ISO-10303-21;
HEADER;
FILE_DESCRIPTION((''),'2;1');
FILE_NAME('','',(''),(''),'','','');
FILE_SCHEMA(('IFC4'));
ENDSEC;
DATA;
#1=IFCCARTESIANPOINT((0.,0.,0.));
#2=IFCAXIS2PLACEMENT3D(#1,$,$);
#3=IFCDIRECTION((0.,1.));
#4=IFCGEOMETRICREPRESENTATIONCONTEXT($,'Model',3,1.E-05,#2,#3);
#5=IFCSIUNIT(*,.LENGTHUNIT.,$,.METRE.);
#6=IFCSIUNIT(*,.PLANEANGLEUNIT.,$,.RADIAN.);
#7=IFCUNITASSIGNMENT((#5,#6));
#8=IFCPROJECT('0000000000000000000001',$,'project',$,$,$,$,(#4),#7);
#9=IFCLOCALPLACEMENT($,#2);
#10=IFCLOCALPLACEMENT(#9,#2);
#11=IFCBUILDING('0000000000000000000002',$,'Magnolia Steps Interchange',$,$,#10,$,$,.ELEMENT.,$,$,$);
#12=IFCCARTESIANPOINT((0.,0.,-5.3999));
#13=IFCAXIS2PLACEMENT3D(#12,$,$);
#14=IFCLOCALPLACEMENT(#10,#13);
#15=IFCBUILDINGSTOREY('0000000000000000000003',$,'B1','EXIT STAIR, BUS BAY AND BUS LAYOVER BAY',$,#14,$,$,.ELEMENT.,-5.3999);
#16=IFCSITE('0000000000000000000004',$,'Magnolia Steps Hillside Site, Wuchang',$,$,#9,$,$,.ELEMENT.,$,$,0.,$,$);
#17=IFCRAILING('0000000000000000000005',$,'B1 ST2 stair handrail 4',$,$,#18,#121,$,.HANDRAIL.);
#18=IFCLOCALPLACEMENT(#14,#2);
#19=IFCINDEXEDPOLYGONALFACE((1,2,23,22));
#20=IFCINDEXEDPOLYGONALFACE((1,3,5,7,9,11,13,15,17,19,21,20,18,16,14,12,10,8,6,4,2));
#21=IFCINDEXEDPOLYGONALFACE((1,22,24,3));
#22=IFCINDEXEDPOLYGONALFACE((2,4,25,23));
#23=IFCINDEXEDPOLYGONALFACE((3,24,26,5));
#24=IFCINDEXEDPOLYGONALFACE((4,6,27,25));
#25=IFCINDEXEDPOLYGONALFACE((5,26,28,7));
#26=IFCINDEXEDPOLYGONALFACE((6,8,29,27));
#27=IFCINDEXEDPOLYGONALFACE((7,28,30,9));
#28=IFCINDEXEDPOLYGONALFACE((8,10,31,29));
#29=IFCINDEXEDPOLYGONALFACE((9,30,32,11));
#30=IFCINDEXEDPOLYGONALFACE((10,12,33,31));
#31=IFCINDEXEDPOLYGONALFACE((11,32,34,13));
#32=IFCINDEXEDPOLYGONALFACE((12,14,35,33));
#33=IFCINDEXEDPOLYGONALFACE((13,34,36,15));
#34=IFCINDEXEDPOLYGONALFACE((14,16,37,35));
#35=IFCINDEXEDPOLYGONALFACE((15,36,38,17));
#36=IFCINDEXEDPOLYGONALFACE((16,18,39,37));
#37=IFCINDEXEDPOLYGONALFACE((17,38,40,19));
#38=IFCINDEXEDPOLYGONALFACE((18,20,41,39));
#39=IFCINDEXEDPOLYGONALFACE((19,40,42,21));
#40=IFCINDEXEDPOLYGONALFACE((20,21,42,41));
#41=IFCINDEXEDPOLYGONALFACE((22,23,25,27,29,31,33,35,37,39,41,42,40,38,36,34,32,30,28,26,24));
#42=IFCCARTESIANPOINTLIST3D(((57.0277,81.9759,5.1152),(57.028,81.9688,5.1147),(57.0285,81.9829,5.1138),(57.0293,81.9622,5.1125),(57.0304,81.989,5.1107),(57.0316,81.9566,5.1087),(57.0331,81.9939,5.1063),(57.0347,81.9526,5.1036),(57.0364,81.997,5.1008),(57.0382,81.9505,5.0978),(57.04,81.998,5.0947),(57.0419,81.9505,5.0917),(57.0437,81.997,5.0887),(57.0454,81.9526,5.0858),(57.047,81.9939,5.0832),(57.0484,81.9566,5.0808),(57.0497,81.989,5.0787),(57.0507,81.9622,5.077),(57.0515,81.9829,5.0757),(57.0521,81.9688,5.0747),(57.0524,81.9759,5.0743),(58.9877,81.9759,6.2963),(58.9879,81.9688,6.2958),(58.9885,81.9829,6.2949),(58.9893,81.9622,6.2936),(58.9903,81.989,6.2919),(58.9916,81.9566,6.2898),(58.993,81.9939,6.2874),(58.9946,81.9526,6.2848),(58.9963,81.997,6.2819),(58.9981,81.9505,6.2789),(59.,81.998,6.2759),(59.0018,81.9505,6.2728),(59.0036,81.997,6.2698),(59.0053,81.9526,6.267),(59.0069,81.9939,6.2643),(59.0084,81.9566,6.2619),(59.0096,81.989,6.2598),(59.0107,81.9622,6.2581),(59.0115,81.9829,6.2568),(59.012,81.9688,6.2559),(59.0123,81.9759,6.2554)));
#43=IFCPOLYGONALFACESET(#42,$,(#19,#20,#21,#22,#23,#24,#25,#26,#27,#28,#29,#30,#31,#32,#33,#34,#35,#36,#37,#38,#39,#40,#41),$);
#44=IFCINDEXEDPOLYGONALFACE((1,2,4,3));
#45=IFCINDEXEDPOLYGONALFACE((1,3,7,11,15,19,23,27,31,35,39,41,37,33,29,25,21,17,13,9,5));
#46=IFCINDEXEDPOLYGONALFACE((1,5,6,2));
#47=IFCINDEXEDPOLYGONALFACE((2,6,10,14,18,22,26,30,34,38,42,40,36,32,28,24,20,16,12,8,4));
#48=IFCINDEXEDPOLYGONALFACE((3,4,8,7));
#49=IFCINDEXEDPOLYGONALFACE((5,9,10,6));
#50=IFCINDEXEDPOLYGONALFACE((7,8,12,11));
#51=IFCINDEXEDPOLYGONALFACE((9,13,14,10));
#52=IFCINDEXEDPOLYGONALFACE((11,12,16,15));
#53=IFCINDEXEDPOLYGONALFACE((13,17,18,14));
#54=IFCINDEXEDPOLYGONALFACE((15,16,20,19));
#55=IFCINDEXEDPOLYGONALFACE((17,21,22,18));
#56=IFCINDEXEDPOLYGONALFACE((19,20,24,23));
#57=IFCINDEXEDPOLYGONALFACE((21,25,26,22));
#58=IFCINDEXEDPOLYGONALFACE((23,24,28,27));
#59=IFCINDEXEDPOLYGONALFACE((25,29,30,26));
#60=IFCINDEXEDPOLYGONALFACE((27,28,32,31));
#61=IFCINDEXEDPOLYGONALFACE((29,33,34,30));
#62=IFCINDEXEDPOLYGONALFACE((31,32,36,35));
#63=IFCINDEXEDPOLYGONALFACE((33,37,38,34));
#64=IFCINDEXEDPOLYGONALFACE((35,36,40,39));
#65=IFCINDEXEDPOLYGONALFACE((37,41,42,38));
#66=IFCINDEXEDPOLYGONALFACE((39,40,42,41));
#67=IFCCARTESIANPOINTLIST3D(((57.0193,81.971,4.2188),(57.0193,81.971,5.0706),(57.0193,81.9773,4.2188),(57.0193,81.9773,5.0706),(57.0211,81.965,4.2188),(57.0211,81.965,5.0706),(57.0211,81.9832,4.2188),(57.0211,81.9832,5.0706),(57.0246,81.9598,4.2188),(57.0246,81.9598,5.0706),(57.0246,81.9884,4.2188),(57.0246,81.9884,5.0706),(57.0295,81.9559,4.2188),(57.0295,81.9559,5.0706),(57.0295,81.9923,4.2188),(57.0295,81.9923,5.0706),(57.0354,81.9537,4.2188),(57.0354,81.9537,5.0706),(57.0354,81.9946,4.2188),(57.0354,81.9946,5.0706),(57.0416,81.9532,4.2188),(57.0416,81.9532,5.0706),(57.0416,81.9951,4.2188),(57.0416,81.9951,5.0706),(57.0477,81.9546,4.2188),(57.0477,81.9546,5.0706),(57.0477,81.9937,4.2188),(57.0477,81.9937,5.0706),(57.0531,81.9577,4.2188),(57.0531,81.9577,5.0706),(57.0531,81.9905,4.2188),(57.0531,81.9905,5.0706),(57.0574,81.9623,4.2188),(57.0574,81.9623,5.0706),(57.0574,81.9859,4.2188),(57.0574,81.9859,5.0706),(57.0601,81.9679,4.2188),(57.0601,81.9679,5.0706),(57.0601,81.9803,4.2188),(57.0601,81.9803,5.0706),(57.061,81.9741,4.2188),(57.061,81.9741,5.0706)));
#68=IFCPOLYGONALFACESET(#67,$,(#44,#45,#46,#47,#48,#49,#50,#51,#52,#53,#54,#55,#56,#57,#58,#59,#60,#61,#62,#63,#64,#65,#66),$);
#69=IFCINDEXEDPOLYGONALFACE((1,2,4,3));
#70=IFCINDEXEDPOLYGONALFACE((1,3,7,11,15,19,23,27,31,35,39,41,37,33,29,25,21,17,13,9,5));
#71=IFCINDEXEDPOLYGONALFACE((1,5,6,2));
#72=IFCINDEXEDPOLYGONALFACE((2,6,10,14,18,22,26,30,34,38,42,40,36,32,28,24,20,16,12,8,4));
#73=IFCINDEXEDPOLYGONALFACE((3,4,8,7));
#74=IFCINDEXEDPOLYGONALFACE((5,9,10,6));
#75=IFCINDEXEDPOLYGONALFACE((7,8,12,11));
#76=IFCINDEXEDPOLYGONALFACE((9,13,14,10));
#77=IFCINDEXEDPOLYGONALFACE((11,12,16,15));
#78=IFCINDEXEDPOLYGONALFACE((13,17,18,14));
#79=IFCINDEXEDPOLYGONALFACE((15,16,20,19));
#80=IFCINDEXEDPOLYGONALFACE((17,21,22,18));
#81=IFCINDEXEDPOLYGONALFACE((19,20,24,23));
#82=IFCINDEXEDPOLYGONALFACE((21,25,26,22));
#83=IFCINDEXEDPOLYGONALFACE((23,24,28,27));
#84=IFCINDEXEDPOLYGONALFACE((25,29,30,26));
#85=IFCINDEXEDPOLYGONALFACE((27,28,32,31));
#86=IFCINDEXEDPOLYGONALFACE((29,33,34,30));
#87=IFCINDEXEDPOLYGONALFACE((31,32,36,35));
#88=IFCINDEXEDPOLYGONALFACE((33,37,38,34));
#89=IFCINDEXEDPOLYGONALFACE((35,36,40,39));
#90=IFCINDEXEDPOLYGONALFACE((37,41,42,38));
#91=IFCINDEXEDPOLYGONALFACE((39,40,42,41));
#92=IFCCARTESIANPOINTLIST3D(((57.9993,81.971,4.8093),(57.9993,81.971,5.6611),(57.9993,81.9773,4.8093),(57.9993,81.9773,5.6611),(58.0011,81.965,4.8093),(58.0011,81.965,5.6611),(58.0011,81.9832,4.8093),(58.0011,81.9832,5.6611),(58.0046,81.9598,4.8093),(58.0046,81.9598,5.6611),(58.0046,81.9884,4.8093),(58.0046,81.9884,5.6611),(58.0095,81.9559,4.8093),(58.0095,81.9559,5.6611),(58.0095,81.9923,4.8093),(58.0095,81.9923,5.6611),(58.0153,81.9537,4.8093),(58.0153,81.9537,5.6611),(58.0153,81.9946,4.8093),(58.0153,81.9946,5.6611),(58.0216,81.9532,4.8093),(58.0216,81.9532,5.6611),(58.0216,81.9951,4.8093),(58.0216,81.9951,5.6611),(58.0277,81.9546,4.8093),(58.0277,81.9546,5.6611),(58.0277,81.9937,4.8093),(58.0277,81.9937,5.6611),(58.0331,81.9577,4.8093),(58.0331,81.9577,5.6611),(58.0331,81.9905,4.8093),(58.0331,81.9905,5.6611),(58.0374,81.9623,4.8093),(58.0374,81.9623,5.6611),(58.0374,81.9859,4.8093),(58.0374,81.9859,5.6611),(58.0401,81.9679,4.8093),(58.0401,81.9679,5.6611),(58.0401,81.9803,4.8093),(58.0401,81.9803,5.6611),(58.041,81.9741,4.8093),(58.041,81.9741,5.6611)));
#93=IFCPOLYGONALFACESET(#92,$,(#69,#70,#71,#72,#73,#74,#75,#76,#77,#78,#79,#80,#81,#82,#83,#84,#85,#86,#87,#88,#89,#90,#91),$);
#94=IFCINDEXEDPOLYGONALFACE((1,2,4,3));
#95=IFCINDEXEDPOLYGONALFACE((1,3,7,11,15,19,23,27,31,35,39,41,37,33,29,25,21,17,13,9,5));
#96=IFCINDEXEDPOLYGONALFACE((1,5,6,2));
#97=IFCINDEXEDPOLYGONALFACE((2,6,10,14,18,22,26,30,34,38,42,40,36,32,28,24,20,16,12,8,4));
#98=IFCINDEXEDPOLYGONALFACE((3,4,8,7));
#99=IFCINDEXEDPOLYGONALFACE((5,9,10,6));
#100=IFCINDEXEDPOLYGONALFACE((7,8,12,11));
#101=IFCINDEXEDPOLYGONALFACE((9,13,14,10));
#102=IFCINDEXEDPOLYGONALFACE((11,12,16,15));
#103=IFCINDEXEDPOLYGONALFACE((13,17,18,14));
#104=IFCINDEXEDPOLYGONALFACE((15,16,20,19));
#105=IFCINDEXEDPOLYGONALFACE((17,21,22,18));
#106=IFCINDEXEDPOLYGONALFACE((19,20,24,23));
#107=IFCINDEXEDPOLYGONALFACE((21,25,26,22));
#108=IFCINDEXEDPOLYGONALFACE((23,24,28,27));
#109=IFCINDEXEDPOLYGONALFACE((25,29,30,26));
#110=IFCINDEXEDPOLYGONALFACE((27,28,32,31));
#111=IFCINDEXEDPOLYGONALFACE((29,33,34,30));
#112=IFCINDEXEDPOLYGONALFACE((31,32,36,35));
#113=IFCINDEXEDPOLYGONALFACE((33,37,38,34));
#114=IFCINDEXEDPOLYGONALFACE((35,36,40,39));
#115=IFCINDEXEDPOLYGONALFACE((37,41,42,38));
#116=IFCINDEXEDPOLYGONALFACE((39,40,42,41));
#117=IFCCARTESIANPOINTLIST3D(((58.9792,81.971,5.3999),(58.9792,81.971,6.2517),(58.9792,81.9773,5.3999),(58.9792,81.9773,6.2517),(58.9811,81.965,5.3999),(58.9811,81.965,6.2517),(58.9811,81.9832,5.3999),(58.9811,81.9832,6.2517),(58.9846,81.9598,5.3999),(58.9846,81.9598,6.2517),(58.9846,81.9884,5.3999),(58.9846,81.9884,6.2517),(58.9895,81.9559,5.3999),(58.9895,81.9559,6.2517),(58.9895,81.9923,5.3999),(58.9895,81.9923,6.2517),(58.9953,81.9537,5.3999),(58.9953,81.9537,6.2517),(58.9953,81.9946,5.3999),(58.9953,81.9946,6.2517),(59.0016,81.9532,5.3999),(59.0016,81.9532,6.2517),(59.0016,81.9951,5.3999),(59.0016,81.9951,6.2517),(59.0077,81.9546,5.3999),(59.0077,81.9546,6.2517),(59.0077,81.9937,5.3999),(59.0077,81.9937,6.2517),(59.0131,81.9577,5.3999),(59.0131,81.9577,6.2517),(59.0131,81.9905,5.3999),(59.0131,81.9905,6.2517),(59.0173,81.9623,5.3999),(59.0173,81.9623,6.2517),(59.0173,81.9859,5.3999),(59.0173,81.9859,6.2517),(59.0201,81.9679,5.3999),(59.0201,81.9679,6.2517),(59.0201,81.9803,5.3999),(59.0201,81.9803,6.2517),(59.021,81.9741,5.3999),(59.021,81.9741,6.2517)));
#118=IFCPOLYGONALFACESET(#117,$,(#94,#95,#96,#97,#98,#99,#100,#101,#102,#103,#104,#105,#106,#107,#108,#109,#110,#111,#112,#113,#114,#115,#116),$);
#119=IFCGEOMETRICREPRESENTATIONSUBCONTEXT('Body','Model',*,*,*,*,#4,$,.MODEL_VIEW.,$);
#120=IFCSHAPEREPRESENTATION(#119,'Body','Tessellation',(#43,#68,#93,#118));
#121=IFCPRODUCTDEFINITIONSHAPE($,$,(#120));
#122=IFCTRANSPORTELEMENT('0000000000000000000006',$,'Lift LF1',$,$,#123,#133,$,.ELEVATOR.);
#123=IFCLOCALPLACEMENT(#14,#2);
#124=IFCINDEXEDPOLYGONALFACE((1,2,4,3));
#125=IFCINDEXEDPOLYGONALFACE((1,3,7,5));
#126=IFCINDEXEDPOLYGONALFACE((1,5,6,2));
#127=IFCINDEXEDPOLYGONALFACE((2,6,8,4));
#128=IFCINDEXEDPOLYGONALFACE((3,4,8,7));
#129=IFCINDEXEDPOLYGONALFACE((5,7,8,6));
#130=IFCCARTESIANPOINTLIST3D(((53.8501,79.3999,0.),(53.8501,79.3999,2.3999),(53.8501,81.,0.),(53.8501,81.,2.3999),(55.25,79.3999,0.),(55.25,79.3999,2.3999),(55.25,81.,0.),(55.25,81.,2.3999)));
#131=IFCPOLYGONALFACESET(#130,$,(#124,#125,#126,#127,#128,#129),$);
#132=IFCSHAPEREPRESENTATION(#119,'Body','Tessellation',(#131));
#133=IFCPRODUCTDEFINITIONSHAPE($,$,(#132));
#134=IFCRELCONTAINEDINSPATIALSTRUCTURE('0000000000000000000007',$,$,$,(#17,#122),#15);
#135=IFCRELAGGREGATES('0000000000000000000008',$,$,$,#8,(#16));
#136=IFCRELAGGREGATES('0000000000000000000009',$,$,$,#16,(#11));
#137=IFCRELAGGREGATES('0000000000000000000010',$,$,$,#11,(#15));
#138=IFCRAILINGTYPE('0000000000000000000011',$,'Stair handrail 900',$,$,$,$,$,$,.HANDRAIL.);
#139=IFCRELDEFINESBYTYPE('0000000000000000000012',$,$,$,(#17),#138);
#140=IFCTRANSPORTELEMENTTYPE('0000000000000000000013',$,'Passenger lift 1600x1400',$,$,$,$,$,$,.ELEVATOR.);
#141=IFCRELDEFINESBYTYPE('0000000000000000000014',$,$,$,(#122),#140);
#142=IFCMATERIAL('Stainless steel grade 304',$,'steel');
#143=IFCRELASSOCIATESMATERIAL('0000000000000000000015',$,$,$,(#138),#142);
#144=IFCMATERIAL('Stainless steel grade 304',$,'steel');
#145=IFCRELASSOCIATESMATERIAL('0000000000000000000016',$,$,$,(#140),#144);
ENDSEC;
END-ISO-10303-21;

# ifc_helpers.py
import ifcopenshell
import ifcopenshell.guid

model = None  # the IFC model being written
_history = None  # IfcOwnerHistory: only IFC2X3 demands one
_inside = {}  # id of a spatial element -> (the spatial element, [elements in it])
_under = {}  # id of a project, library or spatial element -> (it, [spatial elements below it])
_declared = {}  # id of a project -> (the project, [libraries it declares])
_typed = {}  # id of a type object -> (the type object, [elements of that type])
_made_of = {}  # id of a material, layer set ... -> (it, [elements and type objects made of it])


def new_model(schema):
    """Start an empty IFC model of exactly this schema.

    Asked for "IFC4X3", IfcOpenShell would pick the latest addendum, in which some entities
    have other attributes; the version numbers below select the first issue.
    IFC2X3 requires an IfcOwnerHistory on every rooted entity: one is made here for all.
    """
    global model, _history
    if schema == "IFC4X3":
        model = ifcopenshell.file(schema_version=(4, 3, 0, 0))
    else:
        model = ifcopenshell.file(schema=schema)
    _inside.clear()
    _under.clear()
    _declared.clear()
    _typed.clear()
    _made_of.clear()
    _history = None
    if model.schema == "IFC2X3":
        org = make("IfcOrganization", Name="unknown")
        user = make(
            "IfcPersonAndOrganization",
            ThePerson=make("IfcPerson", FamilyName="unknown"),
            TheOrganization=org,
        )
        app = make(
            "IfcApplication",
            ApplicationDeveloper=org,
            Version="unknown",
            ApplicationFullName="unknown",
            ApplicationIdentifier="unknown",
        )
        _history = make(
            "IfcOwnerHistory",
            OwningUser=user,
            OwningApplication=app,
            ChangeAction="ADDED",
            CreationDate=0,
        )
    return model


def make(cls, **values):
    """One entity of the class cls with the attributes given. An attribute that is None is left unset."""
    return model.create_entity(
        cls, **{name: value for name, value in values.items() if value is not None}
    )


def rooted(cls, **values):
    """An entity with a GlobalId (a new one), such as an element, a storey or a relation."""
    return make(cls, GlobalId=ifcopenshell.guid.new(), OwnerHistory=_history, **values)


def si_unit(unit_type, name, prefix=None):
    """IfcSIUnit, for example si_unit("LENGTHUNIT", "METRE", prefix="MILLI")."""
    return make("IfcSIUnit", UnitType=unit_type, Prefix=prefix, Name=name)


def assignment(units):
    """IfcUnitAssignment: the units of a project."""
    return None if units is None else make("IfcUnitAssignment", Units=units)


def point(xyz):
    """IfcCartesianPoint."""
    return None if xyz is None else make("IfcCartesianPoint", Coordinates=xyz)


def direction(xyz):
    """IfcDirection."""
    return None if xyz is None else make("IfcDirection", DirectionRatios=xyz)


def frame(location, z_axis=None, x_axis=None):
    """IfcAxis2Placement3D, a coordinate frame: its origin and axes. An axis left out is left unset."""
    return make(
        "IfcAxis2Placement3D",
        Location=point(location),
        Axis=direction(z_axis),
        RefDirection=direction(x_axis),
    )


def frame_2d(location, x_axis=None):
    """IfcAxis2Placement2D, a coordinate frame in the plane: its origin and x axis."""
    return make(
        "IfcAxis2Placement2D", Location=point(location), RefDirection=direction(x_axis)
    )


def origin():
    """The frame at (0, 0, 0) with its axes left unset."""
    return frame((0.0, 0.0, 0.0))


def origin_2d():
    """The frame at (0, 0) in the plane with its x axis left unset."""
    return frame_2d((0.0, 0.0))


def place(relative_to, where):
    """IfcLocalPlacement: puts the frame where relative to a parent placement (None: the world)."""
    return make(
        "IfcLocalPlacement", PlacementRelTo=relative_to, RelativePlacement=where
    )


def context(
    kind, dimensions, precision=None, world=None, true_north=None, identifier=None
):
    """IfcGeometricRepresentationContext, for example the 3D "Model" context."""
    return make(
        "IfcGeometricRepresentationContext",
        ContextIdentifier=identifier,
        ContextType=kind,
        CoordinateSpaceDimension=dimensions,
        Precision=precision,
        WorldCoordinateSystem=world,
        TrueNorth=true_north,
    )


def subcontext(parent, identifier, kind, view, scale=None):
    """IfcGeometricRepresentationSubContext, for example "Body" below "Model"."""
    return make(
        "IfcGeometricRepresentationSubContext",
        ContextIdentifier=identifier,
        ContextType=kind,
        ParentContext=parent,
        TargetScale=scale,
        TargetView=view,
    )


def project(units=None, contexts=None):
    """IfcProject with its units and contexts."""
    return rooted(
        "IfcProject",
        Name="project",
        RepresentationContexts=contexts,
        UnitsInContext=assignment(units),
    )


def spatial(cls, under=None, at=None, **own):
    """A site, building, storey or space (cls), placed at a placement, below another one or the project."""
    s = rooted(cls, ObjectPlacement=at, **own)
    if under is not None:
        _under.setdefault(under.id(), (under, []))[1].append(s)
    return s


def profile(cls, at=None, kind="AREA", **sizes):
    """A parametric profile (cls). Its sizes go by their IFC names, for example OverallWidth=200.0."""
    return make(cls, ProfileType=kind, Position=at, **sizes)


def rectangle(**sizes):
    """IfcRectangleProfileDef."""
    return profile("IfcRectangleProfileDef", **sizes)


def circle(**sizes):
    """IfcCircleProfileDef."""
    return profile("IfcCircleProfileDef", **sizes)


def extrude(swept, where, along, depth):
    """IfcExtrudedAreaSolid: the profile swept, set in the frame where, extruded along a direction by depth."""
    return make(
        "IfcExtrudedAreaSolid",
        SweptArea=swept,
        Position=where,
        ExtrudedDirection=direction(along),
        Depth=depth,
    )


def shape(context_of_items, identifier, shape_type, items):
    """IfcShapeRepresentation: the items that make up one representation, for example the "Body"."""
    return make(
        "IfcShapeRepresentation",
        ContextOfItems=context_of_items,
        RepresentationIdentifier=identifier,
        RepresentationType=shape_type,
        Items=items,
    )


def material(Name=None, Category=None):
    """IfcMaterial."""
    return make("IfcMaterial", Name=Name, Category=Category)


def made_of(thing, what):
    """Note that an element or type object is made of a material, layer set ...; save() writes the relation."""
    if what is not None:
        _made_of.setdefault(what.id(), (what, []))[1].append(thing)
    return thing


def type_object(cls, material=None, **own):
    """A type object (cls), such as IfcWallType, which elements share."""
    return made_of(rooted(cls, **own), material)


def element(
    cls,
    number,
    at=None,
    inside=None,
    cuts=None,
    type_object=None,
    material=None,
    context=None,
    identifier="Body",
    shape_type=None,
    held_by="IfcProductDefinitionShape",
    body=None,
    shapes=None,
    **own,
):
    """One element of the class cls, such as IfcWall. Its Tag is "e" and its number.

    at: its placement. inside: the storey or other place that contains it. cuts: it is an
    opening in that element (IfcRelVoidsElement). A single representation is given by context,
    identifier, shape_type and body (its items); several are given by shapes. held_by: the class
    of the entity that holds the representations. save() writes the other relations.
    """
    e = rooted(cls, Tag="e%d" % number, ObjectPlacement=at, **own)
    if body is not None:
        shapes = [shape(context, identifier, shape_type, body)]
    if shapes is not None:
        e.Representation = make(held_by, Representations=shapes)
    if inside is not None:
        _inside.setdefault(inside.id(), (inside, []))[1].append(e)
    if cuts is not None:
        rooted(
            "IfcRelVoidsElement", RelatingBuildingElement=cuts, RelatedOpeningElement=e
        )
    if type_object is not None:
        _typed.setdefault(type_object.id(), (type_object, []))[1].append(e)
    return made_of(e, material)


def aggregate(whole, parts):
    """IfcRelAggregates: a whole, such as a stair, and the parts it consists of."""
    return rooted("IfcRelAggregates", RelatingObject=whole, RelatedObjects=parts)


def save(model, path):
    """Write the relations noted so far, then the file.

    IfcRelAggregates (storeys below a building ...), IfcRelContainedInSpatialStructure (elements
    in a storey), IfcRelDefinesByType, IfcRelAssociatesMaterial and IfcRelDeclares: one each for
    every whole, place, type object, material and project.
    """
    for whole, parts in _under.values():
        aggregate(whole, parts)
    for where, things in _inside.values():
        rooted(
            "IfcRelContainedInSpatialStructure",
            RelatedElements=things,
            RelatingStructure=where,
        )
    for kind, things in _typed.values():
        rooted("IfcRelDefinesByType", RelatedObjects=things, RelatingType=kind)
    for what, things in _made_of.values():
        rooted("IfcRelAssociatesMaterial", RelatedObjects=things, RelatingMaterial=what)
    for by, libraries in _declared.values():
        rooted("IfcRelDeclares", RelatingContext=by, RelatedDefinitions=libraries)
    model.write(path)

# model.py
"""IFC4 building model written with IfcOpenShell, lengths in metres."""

from ifc_helpers import new_model, si_unit, direction, frame, origin, origin_2d, place, context, subcontext, project, spatial, rectangle, circle, extrude, material, type_object, element, save


model = new_model("IFC4")

# Units and contexts
model_context = context("Model", 3, precision=1e-05, world=origin(), true_north=direction((0.0, 1.0)))
body_context = subcontext(model_context, "Body", "Model", "MODEL_VIEW")
ifc_project = project(units=[si_unit("LENGTHUNIT", "METRE"), si_unit("PLANEANGLEUNIT", "RADIAN")], contexts=[model_context])

# Site, building, storey
site_placement = place(None, origin())
site = spatial("IfcSite", under=ifc_project, at=site_placement, Name="Magnolia Steps Hillside Site, Wuchang", CompositionType="ELEMENT", RefElevation=0.0)
building_placement = place(site_placement, origin())
building = spatial("IfcBuilding", under=site, at=building_placement, Name="Magnolia Steps Interchange", CompositionType="ELEMENT")
storey_placement = place(building_placement, frame((0.0, 0.0, -5.3999)))
storey = spatial("IfcBuildingStorey", under=building, at=storey_placement, Name="B1", Description="EXIT STAIR, BUS BAY AND BUS LAYOVER BAY", CompositionType="ELEMENT", Elevation=-5.3999)

# Railing
ifc_material_1 = material(Name="Stainless steel grade 304", Category="steel")
railing_type_1 = type_object("IfcRailingType", Name="Stair handrail 900", PredefinedType="HANDRAIL", material=ifc_material_1)
railing_1_placement = place(storey_placement, frame((57.04, 81.9741, 4.2188)))
element("IfcRailing", 1, at=railing_1_placement, inside=storey, type_object=railing_type_1, Name="B1 ST2 stair handrail 4", PredefinedType="HANDRAIL", context=body_context, shape_type="SweptSolid", body=[
    extrude(circle(Radius=0.0239, at=origin_2d()), frame((0.0, 0.0, 0.876), z_axis=(0.856493, 0.0, 0.516158), x_axis=(0.0, 1.0, 0.0)), (0.0, 0.0, 1.0), 2.2883),
    extrude(circle(Radius=0.021, at=origin_2d()), origin(), (0.0, 0.0, 1.0), 0.8518),
    extrude(circle(Radius=0.021, at=origin_2d()), frame((0.98, 0.0, 0.5906)), (0.0, 0.0, 1.0), 0.8518),
    extrude(circle(Radius=0.021, at=origin_2d()), frame((1.96, 0.0, 1.1812)), (0.0, 0.0, 1.0), 0.8518),
])

# Transport element
ifc_material_2 = material(Name="Stainless steel grade 304", Category="steel")
transport_element_type = type_object("IfcTransportElementType", Name="Passenger lift 1600x1400", PredefinedType="ELEVATOR", material=ifc_material_2)
transport_element_placement = place(storey_placement, frame((54.55, 80.2, 0.0), z_axis=(0.0, 0.0, 1.0), x_axis=(0.0, 1.0, 0.0)))
element("IfcTransportElement", 2, at=transport_element_placement, inside=storey, type_object=transport_element_type, Name="Lift LF1", PredefinedType="ELEVATOR", context=body_context, shape_type="SweptSolid", body=[
    extrude(rectangle(XDim=1.6001, YDim=1.3999, at=origin_2d()), origin(), (0.0, 0.0, 1.0), 2.3999),
])

save(model, "model.ifc")
